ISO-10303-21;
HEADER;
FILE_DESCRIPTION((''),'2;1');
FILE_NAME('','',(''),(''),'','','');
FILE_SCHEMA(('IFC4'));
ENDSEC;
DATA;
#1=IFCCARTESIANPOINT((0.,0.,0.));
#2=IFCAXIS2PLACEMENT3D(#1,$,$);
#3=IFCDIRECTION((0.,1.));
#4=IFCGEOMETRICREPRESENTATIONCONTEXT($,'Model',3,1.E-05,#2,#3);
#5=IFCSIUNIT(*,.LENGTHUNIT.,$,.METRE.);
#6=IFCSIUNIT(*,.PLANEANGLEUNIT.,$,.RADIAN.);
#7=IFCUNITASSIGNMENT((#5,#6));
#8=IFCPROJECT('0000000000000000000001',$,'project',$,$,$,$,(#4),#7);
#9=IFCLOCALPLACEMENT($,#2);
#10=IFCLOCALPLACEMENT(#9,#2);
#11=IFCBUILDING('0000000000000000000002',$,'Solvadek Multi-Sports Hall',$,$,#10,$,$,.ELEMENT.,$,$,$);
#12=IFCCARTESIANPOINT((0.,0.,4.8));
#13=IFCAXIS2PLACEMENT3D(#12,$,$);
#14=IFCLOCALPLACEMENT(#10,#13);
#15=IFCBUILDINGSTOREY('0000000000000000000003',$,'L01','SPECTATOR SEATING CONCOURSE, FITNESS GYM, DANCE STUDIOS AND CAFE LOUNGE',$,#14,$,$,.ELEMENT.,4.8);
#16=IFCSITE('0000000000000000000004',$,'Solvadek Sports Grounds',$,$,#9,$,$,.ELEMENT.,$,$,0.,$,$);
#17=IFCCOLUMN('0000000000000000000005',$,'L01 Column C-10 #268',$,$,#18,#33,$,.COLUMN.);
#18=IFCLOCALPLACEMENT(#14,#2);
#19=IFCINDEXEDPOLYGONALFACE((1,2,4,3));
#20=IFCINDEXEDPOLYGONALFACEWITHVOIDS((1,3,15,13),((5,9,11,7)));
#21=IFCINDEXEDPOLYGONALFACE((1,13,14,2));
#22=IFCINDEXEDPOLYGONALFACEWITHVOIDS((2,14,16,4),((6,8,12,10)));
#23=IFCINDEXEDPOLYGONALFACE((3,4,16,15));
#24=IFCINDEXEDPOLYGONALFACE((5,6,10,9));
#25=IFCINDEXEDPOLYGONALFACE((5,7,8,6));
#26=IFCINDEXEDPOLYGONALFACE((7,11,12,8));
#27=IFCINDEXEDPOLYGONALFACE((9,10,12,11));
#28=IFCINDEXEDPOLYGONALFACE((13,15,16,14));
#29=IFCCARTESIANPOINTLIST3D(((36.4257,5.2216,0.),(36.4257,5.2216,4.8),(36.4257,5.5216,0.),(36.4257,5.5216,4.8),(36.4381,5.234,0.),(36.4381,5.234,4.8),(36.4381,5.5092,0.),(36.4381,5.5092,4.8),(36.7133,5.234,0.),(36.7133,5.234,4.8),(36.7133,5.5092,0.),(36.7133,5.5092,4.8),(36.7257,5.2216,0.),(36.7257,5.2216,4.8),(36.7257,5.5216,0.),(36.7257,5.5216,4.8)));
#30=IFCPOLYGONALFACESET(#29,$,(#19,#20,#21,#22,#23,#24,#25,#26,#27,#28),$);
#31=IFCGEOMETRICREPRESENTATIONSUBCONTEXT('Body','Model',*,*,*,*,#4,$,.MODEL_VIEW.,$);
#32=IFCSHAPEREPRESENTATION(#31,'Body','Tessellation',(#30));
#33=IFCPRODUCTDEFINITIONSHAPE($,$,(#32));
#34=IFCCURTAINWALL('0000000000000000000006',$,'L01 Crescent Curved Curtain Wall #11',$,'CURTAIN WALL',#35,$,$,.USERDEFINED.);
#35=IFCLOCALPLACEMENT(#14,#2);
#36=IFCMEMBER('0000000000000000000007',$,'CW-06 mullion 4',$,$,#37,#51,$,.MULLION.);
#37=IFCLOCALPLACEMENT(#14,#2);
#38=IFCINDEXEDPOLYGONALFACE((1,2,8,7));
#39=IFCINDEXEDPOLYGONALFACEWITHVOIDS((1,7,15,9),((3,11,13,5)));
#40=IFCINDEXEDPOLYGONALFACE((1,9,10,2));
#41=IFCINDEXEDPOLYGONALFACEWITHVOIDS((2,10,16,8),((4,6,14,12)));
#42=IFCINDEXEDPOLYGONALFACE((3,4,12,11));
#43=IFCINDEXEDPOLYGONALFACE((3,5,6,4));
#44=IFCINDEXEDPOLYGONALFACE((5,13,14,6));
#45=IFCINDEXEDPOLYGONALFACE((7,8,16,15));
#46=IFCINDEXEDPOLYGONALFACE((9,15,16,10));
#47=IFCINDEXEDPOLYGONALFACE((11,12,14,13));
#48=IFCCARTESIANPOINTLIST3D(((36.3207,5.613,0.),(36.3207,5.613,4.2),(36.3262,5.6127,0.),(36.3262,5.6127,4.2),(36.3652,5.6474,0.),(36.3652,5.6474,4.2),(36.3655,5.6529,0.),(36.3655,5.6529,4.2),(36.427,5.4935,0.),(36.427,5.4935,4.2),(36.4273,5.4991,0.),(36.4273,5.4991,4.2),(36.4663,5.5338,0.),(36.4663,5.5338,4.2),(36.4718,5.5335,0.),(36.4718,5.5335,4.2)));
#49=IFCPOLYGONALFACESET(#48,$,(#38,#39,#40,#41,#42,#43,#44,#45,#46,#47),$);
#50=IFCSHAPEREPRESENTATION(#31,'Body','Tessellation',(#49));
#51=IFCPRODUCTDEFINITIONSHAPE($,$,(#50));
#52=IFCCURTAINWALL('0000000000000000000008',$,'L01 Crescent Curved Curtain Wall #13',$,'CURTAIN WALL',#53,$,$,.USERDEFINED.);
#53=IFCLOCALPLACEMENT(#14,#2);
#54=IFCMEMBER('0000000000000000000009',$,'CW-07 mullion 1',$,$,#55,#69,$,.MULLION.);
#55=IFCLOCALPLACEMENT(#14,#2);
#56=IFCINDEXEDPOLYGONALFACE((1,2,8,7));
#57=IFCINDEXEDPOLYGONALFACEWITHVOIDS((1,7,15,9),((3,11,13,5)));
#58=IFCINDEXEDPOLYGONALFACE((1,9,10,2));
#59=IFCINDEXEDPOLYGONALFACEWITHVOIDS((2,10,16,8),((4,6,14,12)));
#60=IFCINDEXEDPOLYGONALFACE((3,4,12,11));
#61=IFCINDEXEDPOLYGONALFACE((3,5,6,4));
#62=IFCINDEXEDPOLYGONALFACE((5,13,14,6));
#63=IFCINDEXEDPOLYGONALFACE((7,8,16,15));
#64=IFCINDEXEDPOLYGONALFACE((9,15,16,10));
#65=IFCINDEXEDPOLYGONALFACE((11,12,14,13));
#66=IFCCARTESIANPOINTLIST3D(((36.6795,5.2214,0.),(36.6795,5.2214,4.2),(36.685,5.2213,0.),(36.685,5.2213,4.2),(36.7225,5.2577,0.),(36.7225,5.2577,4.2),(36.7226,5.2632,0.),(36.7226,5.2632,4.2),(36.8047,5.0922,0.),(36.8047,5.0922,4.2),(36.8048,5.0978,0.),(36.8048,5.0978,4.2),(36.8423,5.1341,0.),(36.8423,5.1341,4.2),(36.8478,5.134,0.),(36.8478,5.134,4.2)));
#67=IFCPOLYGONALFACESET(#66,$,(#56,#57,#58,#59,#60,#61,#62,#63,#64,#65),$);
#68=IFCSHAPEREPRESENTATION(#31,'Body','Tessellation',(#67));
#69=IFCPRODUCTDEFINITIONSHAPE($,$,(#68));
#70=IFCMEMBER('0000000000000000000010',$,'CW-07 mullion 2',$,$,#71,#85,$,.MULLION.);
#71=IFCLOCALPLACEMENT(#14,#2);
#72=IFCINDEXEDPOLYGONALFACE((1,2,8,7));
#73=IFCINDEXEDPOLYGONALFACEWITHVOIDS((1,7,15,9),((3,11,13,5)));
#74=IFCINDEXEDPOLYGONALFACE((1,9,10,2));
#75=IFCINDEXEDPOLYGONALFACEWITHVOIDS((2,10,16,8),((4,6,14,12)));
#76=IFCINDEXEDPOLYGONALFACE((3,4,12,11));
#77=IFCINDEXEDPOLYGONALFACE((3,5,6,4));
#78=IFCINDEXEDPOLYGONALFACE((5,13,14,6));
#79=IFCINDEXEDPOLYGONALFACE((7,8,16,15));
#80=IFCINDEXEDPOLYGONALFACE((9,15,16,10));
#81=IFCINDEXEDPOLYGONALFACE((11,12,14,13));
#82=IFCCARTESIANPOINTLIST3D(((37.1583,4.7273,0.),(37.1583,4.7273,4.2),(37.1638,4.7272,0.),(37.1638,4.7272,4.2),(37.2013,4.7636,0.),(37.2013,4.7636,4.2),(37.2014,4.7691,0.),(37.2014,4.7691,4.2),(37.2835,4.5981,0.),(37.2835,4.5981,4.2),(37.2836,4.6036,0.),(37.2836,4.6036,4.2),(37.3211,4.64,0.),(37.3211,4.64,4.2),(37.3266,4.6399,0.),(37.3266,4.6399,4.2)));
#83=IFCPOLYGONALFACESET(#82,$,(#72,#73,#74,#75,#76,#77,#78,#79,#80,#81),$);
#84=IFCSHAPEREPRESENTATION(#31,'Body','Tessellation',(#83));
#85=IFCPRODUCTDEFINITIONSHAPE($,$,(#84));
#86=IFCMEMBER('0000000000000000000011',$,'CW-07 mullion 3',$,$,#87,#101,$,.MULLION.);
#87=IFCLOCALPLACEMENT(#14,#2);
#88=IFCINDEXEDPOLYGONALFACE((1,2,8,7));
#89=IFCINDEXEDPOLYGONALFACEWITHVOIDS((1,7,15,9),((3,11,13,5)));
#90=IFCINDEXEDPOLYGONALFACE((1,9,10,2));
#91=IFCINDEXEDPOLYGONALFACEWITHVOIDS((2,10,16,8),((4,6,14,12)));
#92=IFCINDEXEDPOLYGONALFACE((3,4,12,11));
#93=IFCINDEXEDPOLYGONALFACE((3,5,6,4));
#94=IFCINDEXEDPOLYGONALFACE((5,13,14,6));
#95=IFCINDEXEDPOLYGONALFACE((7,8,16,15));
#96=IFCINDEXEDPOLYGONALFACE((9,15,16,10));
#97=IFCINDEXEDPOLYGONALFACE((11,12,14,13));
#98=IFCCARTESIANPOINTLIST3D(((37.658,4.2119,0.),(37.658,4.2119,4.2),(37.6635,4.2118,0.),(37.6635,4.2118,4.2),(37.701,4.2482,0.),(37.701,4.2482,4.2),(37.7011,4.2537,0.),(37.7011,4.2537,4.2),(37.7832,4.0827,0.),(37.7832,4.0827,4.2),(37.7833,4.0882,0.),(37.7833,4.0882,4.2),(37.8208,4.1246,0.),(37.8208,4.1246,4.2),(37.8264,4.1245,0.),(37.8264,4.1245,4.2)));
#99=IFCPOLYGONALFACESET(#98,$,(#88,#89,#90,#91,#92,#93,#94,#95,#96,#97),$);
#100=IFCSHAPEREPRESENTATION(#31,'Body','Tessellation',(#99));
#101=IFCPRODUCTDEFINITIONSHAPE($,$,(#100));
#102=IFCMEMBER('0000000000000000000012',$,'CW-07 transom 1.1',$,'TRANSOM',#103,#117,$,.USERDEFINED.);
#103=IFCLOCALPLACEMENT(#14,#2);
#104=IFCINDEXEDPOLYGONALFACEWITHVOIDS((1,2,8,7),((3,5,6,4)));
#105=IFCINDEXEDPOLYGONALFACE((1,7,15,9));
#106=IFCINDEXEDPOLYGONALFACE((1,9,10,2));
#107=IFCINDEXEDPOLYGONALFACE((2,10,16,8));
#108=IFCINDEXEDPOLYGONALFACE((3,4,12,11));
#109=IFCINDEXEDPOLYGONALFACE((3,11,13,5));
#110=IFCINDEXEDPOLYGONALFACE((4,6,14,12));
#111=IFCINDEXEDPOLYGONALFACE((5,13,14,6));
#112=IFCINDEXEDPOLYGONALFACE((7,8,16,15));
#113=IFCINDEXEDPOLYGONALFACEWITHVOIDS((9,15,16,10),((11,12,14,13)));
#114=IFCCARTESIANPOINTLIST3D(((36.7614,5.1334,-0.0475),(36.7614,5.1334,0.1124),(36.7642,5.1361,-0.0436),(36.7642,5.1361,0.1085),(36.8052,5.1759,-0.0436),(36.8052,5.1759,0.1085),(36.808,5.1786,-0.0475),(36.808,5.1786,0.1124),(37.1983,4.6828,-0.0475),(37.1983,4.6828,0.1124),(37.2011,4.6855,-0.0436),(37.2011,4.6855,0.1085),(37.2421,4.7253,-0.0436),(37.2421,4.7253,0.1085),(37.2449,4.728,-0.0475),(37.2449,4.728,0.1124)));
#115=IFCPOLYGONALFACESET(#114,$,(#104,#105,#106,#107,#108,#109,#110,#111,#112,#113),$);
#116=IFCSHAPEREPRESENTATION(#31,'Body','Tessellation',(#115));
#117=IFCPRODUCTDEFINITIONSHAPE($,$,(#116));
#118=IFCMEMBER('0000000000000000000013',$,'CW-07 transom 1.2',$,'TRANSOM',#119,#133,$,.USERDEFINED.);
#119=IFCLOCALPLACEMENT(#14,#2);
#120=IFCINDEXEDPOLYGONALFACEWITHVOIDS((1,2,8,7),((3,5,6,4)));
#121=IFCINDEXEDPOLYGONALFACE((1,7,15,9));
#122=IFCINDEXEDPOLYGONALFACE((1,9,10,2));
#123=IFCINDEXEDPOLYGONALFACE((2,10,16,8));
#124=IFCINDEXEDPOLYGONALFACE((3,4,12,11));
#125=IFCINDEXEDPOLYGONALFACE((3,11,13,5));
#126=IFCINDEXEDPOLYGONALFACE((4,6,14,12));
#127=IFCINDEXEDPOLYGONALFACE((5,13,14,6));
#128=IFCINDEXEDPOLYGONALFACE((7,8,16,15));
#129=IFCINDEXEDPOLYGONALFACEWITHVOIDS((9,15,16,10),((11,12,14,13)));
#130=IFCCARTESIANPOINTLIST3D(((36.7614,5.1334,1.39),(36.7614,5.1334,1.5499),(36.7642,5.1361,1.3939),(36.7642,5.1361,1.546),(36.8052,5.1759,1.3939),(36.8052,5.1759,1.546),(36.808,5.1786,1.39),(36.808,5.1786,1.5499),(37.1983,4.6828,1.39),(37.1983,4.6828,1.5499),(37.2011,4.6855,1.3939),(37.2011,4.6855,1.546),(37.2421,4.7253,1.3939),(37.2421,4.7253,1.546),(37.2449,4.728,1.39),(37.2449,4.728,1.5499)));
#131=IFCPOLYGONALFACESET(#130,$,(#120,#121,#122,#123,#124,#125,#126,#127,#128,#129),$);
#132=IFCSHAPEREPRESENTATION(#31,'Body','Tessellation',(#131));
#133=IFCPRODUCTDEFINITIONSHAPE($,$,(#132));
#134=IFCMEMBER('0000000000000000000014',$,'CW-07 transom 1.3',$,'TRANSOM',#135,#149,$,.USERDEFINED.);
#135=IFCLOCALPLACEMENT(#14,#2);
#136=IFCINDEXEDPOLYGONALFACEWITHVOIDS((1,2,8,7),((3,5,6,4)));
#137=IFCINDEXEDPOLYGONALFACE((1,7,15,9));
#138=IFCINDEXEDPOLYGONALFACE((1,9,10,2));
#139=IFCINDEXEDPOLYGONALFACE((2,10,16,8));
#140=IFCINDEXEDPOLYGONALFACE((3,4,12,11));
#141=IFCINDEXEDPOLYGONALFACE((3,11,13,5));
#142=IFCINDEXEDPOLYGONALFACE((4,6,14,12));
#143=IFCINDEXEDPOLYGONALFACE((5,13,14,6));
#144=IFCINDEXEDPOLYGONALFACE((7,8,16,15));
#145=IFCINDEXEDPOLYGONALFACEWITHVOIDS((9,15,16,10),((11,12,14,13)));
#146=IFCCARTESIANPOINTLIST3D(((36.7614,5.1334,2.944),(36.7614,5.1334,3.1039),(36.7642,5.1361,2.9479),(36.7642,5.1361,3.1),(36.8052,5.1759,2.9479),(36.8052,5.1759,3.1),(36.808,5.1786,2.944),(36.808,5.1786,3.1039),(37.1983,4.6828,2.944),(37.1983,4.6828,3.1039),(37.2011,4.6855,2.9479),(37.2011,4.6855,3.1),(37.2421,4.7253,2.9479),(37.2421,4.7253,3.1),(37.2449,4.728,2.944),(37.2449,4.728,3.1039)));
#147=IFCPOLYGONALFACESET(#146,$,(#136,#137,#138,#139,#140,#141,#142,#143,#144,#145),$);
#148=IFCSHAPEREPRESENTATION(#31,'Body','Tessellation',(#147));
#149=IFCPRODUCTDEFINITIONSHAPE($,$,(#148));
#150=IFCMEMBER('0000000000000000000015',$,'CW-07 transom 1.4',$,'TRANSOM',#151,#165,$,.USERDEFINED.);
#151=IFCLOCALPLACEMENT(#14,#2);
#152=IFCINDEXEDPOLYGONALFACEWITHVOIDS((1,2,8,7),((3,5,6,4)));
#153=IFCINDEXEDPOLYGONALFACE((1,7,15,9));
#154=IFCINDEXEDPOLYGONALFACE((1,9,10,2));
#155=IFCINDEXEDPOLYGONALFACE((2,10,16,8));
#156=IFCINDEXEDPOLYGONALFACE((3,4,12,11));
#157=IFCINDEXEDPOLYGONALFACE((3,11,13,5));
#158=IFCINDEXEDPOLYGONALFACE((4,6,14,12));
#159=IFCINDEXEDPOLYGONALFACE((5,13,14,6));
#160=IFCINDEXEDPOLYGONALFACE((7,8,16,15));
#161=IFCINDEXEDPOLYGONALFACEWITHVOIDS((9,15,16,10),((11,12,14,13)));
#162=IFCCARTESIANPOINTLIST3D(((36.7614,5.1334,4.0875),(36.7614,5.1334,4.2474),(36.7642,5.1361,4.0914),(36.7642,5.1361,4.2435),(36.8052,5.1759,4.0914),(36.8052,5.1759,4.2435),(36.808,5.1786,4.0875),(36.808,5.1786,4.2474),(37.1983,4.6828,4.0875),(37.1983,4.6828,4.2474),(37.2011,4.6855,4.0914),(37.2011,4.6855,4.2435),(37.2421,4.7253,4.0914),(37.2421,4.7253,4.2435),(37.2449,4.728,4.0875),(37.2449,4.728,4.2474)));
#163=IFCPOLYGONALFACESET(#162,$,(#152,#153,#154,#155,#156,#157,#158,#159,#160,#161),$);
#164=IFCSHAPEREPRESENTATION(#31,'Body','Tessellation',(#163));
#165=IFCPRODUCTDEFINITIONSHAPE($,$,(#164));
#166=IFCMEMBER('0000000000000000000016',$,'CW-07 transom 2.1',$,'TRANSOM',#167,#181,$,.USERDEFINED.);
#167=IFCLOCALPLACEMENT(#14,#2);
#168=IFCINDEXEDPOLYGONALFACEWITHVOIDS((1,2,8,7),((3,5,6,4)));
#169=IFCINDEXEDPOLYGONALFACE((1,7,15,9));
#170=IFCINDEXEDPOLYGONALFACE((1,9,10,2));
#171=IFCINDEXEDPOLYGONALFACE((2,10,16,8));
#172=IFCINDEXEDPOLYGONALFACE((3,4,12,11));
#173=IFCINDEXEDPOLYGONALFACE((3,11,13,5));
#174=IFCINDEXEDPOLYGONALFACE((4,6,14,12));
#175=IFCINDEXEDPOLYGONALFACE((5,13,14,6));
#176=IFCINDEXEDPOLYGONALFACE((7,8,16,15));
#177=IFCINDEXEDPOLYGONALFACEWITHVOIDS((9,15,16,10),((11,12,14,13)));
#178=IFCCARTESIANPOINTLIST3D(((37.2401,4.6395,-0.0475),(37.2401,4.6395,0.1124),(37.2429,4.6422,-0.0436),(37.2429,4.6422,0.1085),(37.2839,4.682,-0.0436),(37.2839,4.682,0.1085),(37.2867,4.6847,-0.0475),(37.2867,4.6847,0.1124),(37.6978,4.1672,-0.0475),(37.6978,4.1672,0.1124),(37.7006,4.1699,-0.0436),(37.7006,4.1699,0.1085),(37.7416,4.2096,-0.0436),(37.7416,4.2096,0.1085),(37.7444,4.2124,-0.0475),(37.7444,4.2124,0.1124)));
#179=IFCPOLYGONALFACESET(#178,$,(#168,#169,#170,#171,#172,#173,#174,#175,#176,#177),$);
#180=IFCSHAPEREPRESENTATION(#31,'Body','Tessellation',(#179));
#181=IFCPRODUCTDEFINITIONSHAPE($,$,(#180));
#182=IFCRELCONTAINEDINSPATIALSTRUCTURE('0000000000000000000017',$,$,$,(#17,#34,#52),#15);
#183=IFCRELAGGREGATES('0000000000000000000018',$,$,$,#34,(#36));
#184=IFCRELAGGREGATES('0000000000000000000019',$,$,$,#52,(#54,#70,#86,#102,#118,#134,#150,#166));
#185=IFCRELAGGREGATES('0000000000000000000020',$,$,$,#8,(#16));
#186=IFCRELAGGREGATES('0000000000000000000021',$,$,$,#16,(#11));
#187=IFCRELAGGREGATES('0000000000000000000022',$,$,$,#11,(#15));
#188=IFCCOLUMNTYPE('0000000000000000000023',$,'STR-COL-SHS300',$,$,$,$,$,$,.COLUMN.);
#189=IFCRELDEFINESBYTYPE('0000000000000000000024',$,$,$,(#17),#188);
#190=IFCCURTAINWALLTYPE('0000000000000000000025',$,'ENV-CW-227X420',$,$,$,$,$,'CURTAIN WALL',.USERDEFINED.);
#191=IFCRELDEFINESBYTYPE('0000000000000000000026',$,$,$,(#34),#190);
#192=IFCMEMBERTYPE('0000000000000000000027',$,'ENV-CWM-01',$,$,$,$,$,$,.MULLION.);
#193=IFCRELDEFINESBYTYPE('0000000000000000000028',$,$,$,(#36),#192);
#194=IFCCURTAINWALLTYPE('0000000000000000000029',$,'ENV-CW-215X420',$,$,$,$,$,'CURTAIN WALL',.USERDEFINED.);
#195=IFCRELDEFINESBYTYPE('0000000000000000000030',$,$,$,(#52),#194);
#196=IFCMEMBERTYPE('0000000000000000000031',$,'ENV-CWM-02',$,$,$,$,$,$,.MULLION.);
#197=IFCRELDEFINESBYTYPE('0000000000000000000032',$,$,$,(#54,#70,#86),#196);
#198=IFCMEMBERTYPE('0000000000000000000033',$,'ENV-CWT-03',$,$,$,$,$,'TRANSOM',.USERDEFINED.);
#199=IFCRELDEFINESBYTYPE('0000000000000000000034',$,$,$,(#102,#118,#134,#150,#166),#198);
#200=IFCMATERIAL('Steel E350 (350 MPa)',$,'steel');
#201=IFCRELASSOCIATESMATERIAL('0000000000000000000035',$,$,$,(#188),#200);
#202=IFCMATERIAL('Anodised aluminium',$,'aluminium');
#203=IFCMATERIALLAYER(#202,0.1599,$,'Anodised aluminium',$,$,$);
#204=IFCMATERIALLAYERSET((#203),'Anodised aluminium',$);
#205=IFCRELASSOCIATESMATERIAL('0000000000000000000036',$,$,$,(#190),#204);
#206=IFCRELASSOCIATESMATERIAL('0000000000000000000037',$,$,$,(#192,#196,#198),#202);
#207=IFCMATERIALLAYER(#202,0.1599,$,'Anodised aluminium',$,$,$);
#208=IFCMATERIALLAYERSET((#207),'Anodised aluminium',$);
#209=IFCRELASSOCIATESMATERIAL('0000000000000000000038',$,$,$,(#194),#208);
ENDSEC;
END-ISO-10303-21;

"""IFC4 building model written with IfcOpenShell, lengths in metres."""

from ifc_helpers import new_model, si_unit, direction, frame, origin, origin_2d, place, context, subcontext, project, spatial, hollow_rectangle, extrude, material, layer, layer_set, material_profile, profile_set, type_object, element, aggregate, save


model = new_model("IFC4")

# Units and contexts
model_context = context("Model", 3, precision=1e-05, world=origin(), true_north=direction((0.0, 1.0)))
body_context = subcontext(model_context, "Body", "Model", "MODEL_VIEW")
ifc_project = project(units=[si_unit("LENGTHUNIT", "METRE"), si_unit("PLANEANGLEUNIT", "RADIAN")], contexts=[model_context])

# Site, building, storey
site_placement = place(None, origin())
site = spatial("IfcSite", under=ifc_project, at=site_placement, Name="Solvadek Sports Grounds", CompositionType="ELEMENT", RefElevation=0.0)
building_placement = place(site_placement, origin())
building = spatial("IfcBuilding", under=site, at=building_placement, Name="Solvadek Multi-Sports Hall", CompositionType="ELEMENT")
storey_placement = place(building_placement, frame((0.0, 0.0, 4.8)))
storey = spatial("IfcBuildingStorey", under=building, at=storey_placement, Name="L01", Description="SPECTATOR SEATING CONCOURSE, FITNESS GYM, DANCE STUDIOS AND CAFE LOUNGE", CompositionType="ELEMENT", Elevation=4.8)

# Column
ifc_material_1 = material(Name="Steel E350 (350 MPa)", Category="steel")
ifc_material_profile_1 = material_profile(ifc_material_1, hollow_rectangle(XDim=0.3, YDim=0.3, WallThickness=0.0125, at=origin_2d()), Name="SHS 300x300x12.5")
ifc_profile_set_1 = profile_set([ifc_material_profile_1], Name="Steel E350 (350 MPa)")
column_type = type_object("IfcColumnType", Name="STR-COL-SHS300", PredefinedType="COLUMN", material=ifc_profile_set_1)
column_placement = place(storey_placement, frame((36.5757, 5.3716, 0.0), z_axis=(0.0, 0.0, 1.0), x_axis=(1.0, 0.0, 0.0)))
element("IfcColumn", 1, at=column_placement, inside=storey, type_object=column_type, Name="L01 Column C-10 #268", PredefinedType="COLUMN", context=body_context, shape_type="SweptSolid", body=[
    extrude(hollow_rectangle(XDim=0.3, YDim=0.3, WallThickness=0.0125, at=origin_2d()), origin(), (0.0, 0.0, 1.0), 4.8),
])

# Curtain wall, member
ifc_material_2 = material(Name="Anodised aluminium", Category="aluminium")
ifc_layer_1 = layer(ifc_material_2, 0.1599, Name="Anodised aluminium")
ifc_layer_set_1 = layer_set([ifc_layer_1], Name="Anodised aluminium")
curtain_wall_type_1 = type_object("IfcCurtainWallType", Name="ENV-CW-227X420", ElementType="CURTAIN WALL", PredefinedType="USERDEFINED", material=ifc_layer_set_1)
curtain_wall_1_placement = place(storey_placement, origin())
curtain_wall_1 = element("IfcCurtainWall", 2, at=curtain_wall_1_placement, inside=storey, type_object=curtain_wall_type_1, Name="L01 Crescent Curved Curtain Wall #11", ObjectType="CURTAIN WALL", PredefinedType="USERDEFINED")
ifc_material_profile_2 = material_profile(ifc_material_2, hollow_rectangle(XDim=0.0601, YDim=0.1599, WallThickness=0.0039, at=origin_2d()), Name="ALU-M 160x60x4")
ifc_profile_set_2 = profile_set([ifc_material_profile_2], Name="Anodised aluminium")
member_type_1 = type_object("IfcMemberType", Name="ENV-CWM-01", PredefinedType="MULLION", material=ifc_profile_set_2)
member_1_placement = place(storey_placement, frame((36.3962, 5.5732, 0.0), z_axis=(0.0, 0.0, 1.0), x_axis=(0.747032, 0.664788, 0.0)))
member_1 = element("IfcMember", 3, at=member_1_placement, type_object=member_type_1, Name="CW-06 mullion 4", PredefinedType="MULLION", context=body_context, shape_type="SweptSolid", body=[
    extrude(hollow_rectangle(XDim=0.0601, YDim=0.1599, WallThickness=0.0039, at=origin_2d()), origin(), (0.0, 0.0, 1.0), 4.2),
])
aggregate(curtain_wall_1, [member_1])

# Curtain wall, members
ifc_layer_2 = layer(ifc_material_2, 0.1599, Name="Anodised aluminium")
ifc_layer_set_2 = layer_set([ifc_layer_2], Name="Anodised aluminium")
curtain_wall_type_2 = type_object("IfcCurtainWallType", Name="ENV-CW-215X420", ElementType="CURTAIN WALL", PredefinedType="USERDEFINED", material=ifc_layer_set_2)
curtain_wall_2_placement = place(storey_placement, origin())
curtain_wall_2 = element("IfcCurtainWall", 4, at=curtain_wall_2_placement, inside=storey, type_object=curtain_wall_type_2, Name="L01 Crescent Curved Curtain Wall #13", ObjectType="CURTAIN WALL", PredefinedType="USERDEFINED")
ifc_material_profile_3 = material_profile(ifc_material_2, hollow_rectangle(XDim=0.0601, YDim=0.1799, WallThickness=0.0039, at=origin_2d()), Name="ALU-M 180x60x4")
ifc_profile_set_3 = profile_set([ifc_material_profile_3], Name="Anodised aluminium")
member_type_2 = type_object("IfcMemberType", Name="ENV-CWM-02", PredefinedType="MULLION", material=ifc_profile_set_3)
member_2_placement = place(storey_placement, frame((36.7637, 5.1777, 0.0), z_axis=(0.0, 0.0, 1.0), x_axis=(0.718048, 0.695994, 0.0)))
member_2 = element("IfcMember", 5, at=member_2_placement, type_object=member_type_2, Name="CW-07 mullion 1", PredefinedType="MULLION", context=body_context, shape_type="SweptSolid", body=[
    extrude(hollow_rectangle(XDim=0.0601, YDim=0.1799, WallThickness=0.0039, at=origin_2d()), origin(), (0.0, 0.0, 1.0), 4.2),
])
member_3_placement = place(storey_placement, frame((37.2424, 4.6836, 0.0), z_axis=(0.0, 0.0, 1.0), x_axis=(0.718048, 0.695994, 0.0)))
member_3 = element("IfcMember", 6, at=member_3_placement, type_object=member_type_2, Name="CW-07 mullion 2", PredefinedType="MULLION", context=body_context, shape_type="SweptSolid", body=[
    extrude(hollow_rectangle(XDim=0.0601, YDim=0.1799, WallThickness=0.0039, at=origin_2d()), origin(), (0.0, 0.0, 1.0), 4.2),
])
member_4_placement = place(storey_placement, frame((37.7422, 4.1682, 0.0), z_axis=(0.0, 0.0, 1.0), x_axis=(0.718048, 0.695994, 0.0)))
member_4 = element("IfcMember", 7, at=member_4_placement, type_object=member_type_2, Name="CW-07 mullion 3", PredefinedType="MULLION", context=body_context, shape_type="SweptSolid", body=[
    extrude(hollow_rectangle(XDim=0.0601, YDim=0.1799, WallThickness=0.0039, at=origin_2d()), origin(), (0.0, 0.0, 1.0), 4.2),
])
ifc_material_profile_4 = material_profile(ifc_material_2, hollow_rectangle(XDim=0.0649, YDim=0.1599, WallThickness=0.0039, at=origin_2d()), Name="ALU-T 160x65x4")
ifc_profile_set_4 = profile_set([ifc_material_profile_4], Name="Anodised aluminium")
member_type_3 = type_object("IfcMemberType", Name="ENV-CWT-03", ElementType="TRANSOM", PredefinedType="USERDEFINED", material=ifc_profile_set_4)
member_5_placement = place(storey_placement, frame((36.7847, 5.156, 0.0325), z_axis=(0.696134, -0.717912, 0.0), x_axis=(0.717912, 0.696134, 0.0)))
member_5 = element("IfcMember", 8, at=member_5_placement, type_object=member_type_3, Name="CW-07 transom 1.1", ObjectType="TRANSOM", PredefinedType="USERDEFINED", context=body_context, shape_type="SweptSolid", body=[
    extrude(hollow_rectangle(XDim=0.0649, YDim=0.1599, WallThickness=0.0039, at=origin_2d()), origin(), (0.0, 0.0, 1.0), 0.6277),
])
member_6_placement = place(storey_placement, frame((36.7847, 5.156, 1.47), z_axis=(0.696134, -0.717912, 0.0), x_axis=(0.717912, 0.696134, 0.0)))
member_6 = element("IfcMember", 9, at=member_6_placement, type_object=member_type_3, Name="CW-07 transom 1.2", ObjectType="TRANSOM", PredefinedType="USERDEFINED", context=body_context, shape_type="SweptSolid", body=[
    extrude(hollow_rectangle(XDim=0.0649, YDim=0.1599, WallThickness=0.0039, at=origin_2d()), origin(), (0.0, 0.0, 1.0), 0.6277),
])
member_7_placement = place(storey_placement, frame((36.7847, 5.156, 3.0239), z_axis=(0.696134, -0.717912, 0.0), x_axis=(0.717912, 0.696134, 0.0)))
member_7 = element("IfcMember", 10, at=member_7_placement, type_object=member_type_3, Name="CW-07 transom 1.3", ObjectType="TRANSOM", PredefinedType="USERDEFINED", context=body_context, shape_type="SweptSolid", body=[
    extrude(hollow_rectangle(XDim=0.0649, YDim=0.1599, WallThickness=0.0039, at=origin_2d()), origin(), (0.0, 0.0, 1.0), 0.6277),
])
member_8_placement = place(storey_placement, frame((36.7847, 5.156, 4.1675), z_axis=(0.696134, -0.717912, 0.0), x_axis=(0.717912, 0.696134, 0.0)))
member_8 = element("IfcMember", 11, at=member_8_placement, type_object=member_type_3, Name="CW-07 transom 1.4", ObjectType="TRANSOM", PredefinedType="USERDEFINED", context=body_context, shape_type="SweptSolid", body=[
    extrude(hollow_rectangle(XDim=0.0649, YDim=0.1599, WallThickness=0.0039, at=origin_2d()), origin(), (0.0, 0.0, 1.0), 0.6277),
])
member_9_placement = place(storey_placement, frame((37.2634, 4.6621, 0.0325), z_axis=(0.695885, -0.718153, 0.0), x_axis=(0.718153, 0.695885, 0.0)))
member_9 = element("IfcMember", 12, at=member_9_placement, type_object=member_type_3, Name="CW-07 transom 2.1", ObjectType="TRANSOM", PredefinedType="USERDEFINED", context=body_context, shape_type="SweptSolid", body=[
    extrude(hollow_rectangle(XDim=0.0649, YDim=0.1599, WallThickness=0.0039, at=origin_2d()), origin(), (0.0, 0.0, 1.0), 0.6577),
])

aggregate(curtain_wall_2, [member_2, member_3, member_4, member_5, member_6, member_7, member_8, member_9])

save(model, "model.ifc")
